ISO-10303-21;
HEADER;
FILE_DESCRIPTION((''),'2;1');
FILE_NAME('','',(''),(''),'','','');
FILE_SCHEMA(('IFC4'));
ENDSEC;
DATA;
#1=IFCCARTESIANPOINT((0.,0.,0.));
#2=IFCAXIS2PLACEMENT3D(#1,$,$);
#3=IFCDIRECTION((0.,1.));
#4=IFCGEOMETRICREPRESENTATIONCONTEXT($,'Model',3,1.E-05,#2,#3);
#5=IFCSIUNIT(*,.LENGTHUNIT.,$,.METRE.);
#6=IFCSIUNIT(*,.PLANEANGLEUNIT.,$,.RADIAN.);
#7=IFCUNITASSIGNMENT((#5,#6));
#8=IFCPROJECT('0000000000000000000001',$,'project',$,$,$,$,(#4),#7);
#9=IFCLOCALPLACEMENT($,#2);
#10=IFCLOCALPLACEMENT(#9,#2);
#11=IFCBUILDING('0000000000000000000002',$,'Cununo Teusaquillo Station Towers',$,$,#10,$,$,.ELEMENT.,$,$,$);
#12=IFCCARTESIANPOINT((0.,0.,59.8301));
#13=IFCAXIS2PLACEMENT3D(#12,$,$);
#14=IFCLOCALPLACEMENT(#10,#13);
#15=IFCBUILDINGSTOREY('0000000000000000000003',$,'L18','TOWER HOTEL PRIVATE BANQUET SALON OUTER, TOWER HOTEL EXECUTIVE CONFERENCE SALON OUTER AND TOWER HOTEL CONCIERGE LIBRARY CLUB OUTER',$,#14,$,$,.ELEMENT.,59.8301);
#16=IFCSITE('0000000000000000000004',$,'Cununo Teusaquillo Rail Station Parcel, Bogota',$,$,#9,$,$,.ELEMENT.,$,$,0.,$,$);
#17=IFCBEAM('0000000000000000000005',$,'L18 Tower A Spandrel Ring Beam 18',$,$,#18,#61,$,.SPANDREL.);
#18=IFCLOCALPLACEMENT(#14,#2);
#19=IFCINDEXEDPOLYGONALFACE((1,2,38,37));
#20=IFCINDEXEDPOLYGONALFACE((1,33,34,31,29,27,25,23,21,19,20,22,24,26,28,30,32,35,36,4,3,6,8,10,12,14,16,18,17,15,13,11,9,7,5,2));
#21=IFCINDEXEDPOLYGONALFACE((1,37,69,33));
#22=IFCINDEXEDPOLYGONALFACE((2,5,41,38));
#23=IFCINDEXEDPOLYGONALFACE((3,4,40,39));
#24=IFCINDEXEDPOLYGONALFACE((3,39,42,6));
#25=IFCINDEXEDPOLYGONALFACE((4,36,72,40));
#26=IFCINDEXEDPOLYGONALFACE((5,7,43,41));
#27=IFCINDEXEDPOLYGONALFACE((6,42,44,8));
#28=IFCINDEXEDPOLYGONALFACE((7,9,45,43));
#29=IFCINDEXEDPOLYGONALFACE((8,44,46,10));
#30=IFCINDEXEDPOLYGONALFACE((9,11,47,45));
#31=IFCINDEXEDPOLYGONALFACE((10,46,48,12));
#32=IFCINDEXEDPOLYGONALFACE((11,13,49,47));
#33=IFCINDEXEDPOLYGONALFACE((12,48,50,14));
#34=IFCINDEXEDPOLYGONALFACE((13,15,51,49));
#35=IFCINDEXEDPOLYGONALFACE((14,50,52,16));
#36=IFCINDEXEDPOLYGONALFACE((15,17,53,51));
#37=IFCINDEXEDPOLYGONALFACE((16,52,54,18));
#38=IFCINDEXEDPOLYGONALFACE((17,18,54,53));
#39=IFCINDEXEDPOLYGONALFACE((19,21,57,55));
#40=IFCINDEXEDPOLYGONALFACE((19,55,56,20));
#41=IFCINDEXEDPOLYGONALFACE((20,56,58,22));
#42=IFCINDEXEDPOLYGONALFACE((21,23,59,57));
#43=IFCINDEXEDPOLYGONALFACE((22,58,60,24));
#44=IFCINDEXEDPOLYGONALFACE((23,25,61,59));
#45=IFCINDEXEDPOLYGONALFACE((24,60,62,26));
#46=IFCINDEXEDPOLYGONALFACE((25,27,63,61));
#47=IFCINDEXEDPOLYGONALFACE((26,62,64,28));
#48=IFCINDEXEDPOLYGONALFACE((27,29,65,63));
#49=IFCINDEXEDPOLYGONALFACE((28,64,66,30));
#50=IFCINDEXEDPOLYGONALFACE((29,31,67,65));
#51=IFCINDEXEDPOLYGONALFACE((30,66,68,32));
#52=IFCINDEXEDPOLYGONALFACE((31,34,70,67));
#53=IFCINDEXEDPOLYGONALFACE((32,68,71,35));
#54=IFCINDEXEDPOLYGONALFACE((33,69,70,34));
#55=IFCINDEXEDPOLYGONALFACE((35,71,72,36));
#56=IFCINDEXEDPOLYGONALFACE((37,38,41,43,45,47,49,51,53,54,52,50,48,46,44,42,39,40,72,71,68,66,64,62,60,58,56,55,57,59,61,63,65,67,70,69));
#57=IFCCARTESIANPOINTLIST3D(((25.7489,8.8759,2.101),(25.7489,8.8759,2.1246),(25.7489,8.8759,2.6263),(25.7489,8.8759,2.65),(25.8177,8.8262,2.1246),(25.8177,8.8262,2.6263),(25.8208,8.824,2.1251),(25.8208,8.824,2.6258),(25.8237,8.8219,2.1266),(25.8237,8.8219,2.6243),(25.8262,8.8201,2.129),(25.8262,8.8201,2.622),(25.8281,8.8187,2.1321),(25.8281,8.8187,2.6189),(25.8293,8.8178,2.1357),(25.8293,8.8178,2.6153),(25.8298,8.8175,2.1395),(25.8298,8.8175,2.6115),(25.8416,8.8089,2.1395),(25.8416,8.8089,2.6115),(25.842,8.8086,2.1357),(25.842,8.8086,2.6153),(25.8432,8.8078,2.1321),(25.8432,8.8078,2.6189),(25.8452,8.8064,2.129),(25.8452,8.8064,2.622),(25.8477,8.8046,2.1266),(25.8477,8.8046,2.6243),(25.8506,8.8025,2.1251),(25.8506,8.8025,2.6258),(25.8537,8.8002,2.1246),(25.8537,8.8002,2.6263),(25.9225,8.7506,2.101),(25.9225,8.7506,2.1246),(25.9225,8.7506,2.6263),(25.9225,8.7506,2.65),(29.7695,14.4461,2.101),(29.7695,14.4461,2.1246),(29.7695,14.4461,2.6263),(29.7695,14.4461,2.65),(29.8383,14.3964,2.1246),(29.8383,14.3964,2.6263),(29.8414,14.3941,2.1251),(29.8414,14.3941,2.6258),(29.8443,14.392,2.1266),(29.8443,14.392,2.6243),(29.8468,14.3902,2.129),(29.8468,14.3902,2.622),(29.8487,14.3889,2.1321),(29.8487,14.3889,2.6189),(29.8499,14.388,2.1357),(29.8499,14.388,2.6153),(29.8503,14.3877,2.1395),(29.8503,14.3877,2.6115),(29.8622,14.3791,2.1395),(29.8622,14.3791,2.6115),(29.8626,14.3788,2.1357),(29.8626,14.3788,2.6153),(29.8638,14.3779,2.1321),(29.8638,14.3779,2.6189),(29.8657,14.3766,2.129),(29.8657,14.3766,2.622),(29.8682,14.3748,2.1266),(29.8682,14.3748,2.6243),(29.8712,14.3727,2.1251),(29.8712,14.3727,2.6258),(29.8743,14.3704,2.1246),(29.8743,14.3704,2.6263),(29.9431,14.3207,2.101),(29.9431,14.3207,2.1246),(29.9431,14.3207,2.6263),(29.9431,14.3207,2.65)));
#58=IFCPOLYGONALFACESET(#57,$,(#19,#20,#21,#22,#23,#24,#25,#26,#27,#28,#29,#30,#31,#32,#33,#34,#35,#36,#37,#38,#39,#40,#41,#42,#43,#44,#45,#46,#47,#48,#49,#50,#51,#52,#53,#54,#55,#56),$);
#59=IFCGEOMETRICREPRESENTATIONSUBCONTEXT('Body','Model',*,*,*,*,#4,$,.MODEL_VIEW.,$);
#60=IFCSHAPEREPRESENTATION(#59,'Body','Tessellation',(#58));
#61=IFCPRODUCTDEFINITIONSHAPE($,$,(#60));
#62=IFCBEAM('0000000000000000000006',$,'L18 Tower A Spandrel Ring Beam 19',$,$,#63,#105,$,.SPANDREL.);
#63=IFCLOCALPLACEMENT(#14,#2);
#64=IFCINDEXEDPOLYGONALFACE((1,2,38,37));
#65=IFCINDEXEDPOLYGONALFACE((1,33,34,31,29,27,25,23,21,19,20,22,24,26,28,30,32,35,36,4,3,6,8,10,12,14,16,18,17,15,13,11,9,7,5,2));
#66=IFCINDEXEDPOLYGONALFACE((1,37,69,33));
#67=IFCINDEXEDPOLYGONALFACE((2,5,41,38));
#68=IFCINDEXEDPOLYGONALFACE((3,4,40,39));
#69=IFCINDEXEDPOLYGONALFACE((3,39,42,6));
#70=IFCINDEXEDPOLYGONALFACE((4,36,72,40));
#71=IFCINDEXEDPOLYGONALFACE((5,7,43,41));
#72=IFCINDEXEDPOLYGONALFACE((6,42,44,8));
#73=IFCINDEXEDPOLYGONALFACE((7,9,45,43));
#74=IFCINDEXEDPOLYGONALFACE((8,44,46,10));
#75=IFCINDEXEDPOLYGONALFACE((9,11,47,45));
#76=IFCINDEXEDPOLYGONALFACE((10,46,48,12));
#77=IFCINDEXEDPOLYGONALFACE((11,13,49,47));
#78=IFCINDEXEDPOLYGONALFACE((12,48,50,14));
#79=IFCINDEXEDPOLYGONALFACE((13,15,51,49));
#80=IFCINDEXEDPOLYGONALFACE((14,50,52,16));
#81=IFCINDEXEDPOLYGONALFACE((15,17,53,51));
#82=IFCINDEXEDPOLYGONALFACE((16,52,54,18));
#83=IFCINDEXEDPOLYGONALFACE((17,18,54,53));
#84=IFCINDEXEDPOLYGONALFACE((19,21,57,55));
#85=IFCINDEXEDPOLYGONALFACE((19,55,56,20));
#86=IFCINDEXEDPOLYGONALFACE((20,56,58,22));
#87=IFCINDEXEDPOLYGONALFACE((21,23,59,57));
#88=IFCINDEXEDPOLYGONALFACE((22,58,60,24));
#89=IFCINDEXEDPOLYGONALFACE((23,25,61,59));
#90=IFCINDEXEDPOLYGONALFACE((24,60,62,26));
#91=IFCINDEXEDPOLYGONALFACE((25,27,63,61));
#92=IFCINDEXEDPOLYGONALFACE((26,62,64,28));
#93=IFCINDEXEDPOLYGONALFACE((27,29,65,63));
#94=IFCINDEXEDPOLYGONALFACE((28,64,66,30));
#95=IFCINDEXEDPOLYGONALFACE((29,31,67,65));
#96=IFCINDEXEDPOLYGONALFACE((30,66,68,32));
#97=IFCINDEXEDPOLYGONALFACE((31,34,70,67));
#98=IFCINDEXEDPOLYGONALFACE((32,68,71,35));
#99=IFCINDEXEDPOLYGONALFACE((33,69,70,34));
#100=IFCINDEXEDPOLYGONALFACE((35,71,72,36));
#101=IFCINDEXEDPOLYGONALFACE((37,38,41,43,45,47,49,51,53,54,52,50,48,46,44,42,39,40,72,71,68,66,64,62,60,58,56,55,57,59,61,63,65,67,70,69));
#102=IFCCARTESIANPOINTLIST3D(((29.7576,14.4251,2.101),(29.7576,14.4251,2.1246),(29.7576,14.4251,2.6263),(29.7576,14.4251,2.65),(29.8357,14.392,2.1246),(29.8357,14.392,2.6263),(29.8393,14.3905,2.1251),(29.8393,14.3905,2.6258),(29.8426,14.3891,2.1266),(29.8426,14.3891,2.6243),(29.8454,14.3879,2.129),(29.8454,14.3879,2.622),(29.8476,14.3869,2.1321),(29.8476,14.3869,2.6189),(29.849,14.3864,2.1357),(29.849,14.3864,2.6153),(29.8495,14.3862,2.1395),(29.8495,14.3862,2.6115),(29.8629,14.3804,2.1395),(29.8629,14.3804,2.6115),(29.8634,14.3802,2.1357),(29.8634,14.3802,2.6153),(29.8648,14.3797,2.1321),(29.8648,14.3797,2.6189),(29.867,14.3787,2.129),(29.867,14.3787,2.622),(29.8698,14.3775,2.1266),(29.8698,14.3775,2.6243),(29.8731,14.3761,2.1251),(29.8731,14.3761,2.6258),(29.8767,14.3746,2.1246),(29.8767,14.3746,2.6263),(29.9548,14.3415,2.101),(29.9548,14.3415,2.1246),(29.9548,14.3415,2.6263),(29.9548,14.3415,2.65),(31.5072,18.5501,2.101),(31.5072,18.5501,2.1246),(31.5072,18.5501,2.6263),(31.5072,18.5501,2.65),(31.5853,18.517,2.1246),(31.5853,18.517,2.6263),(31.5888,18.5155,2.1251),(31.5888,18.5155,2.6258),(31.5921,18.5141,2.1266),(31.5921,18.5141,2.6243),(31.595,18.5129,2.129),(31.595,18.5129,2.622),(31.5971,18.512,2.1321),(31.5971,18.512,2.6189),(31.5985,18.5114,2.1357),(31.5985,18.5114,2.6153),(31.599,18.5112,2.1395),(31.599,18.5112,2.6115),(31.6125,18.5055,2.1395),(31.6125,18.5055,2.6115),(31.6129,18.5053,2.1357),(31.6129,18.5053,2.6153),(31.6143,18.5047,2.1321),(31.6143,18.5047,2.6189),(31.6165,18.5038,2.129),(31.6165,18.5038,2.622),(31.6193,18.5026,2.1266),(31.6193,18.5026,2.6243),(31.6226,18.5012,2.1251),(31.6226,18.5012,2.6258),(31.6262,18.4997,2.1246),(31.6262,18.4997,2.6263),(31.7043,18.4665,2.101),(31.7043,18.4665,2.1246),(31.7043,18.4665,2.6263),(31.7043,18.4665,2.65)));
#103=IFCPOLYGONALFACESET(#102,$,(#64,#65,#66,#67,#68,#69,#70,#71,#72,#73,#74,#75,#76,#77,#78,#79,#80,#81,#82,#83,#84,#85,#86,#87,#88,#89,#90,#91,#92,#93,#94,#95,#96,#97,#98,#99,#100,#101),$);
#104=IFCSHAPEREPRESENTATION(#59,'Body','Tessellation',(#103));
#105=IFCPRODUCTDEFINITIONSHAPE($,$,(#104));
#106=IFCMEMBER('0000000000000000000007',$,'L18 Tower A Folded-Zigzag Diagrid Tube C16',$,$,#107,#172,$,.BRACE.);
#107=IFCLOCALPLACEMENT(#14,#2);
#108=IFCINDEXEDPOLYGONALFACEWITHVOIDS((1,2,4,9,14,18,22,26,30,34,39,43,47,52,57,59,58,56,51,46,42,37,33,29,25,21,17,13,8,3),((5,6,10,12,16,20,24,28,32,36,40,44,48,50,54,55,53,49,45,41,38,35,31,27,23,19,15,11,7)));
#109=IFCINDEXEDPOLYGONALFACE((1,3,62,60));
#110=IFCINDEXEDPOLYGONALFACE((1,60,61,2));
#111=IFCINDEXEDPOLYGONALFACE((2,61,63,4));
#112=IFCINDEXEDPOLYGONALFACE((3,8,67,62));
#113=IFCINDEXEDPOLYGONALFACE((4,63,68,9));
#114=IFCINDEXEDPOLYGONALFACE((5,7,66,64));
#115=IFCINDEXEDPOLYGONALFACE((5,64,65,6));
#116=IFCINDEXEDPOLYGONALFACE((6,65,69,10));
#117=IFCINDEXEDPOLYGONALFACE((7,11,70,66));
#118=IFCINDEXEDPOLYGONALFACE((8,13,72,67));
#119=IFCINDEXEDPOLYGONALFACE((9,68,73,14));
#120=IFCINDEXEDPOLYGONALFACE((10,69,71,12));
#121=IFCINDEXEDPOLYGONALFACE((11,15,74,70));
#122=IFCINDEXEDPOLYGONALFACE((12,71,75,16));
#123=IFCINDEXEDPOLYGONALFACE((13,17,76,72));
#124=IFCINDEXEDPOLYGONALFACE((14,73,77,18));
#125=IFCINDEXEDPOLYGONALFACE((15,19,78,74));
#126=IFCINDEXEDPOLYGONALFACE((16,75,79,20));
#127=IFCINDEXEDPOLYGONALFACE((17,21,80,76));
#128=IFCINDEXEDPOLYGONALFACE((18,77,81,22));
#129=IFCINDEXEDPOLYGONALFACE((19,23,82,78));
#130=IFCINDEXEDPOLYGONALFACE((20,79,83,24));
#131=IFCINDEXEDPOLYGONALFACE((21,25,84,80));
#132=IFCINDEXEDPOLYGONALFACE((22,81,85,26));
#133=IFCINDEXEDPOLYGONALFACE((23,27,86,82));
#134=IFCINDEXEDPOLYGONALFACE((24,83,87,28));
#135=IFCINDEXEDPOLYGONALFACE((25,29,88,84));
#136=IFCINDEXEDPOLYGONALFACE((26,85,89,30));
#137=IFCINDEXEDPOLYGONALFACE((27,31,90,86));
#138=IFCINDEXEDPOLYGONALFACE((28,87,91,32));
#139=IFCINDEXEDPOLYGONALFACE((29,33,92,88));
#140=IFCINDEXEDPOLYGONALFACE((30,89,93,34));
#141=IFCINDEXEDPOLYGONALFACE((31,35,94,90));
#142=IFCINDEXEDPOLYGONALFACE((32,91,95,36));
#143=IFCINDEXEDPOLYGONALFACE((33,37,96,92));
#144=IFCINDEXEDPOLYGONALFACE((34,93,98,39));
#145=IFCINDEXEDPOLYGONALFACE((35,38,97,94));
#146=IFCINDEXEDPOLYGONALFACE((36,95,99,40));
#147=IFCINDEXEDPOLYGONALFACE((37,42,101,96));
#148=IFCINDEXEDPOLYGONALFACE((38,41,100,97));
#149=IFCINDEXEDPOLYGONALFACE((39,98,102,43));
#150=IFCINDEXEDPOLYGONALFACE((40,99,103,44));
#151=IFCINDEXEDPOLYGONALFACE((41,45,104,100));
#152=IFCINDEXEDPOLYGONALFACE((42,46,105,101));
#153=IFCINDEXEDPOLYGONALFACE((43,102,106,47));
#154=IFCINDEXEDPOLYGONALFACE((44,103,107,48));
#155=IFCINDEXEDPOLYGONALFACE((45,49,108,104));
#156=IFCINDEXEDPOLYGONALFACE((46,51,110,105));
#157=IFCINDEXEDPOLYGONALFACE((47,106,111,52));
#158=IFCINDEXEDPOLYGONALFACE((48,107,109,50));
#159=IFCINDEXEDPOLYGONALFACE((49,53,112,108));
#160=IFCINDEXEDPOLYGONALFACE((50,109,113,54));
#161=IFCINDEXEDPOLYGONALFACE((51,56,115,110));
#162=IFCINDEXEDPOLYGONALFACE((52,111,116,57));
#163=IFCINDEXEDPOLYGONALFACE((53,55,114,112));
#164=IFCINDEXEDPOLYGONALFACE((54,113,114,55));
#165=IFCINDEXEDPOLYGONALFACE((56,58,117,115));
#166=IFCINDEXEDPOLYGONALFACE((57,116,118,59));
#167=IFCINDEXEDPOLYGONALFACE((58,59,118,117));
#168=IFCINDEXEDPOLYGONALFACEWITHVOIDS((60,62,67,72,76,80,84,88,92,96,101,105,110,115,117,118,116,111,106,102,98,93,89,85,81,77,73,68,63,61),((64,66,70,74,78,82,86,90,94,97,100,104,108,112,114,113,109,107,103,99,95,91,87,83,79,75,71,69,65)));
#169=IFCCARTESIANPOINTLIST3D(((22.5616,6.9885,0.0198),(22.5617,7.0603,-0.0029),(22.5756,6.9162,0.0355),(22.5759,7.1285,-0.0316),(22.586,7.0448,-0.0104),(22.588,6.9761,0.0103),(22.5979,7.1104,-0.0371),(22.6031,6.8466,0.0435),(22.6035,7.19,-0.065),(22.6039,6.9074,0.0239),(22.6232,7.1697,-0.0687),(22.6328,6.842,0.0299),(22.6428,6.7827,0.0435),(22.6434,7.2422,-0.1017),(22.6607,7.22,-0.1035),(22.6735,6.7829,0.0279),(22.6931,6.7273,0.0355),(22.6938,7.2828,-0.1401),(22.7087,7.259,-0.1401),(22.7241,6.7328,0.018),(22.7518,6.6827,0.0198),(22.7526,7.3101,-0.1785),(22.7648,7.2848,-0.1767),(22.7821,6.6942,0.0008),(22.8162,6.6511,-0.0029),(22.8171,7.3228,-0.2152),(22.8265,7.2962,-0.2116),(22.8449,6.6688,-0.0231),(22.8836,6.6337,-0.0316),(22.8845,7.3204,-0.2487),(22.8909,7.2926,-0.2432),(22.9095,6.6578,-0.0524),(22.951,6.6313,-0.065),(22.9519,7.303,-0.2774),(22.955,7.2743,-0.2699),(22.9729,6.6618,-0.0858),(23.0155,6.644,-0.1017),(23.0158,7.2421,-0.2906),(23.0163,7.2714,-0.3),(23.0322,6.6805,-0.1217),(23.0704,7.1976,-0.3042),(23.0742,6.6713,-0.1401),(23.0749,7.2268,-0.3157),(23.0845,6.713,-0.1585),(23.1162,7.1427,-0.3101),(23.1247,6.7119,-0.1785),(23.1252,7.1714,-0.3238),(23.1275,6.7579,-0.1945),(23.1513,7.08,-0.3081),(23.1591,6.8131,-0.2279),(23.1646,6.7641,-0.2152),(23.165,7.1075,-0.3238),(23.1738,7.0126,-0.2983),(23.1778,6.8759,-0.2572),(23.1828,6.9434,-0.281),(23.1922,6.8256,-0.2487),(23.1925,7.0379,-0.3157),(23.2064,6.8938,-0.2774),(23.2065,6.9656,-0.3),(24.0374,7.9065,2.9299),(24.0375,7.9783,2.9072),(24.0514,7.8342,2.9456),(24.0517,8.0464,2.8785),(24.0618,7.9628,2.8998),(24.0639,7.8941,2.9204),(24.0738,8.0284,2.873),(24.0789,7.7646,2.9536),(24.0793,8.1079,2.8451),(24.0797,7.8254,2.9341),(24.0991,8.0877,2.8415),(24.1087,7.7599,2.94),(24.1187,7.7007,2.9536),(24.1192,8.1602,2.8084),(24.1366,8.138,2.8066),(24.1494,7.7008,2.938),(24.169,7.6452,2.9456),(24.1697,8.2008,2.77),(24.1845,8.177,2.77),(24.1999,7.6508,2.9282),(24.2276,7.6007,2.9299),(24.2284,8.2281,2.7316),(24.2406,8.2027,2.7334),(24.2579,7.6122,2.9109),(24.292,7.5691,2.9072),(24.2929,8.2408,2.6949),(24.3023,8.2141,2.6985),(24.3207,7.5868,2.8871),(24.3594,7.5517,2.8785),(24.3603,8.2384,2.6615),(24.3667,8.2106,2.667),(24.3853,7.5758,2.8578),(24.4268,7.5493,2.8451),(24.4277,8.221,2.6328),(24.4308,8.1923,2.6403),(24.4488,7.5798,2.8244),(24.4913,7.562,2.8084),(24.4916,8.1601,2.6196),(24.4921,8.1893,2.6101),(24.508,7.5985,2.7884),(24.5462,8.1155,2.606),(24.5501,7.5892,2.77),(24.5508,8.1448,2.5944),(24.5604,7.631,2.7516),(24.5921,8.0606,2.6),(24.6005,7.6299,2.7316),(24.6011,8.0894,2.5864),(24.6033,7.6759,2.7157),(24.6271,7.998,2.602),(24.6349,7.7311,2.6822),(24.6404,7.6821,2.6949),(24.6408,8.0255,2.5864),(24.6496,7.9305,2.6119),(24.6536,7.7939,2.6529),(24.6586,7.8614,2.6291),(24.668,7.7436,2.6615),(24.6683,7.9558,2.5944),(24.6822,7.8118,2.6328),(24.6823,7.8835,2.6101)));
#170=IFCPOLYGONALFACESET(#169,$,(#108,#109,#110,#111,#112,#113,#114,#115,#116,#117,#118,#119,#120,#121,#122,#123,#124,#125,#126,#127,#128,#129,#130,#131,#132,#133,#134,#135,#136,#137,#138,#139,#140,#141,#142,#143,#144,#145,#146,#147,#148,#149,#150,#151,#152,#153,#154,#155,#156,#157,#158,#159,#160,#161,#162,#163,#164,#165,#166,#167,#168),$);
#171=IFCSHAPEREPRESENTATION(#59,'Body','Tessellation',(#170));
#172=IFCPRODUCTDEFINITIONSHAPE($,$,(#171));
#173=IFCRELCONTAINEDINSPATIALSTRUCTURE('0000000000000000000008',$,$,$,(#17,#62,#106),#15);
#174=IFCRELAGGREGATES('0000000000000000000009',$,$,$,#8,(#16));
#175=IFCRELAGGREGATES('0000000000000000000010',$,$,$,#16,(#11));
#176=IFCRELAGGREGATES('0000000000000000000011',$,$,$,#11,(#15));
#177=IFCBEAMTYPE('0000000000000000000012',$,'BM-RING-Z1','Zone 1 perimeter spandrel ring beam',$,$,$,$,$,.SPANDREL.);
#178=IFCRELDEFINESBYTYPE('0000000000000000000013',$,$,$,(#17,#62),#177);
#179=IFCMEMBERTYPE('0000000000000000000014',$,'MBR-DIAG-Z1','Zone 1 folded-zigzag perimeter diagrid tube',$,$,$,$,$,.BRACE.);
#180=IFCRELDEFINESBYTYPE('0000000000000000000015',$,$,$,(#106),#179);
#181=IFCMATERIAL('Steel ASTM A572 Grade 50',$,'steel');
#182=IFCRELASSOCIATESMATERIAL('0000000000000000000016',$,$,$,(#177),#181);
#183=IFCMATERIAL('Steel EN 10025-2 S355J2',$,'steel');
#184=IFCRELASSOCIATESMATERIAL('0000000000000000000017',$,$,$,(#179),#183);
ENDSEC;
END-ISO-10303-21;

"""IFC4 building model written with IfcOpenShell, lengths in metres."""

from ifc_helpers import new_model, si_unit, direction, frame, origin, origin_2d, place, context, subcontext, project, spatial, hollow_circle, i_section, extrude, material, material_profile, profile_set, type_object, element, save


model = new_model("IFC4")

# Units and contexts
model_context = context("Model", 3, precision=1e-05, world=origin(), true_north=direction((0.0, 1.0)))
body_context = subcontext(model_context, "Body", "Model", "MODEL_VIEW")
ifc_project = project(units=[si_unit("LENGTHUNIT", "METRE"), si_unit("PLANEANGLEUNIT", "RADIAN")], contexts=[model_context])

# Site, building, storey
site_placement = place(None, origin())
site = spatial("IfcSite", under=ifc_project, at=site_placement, Name="Cununo Teusaquillo Rail Station Parcel, Bogota", CompositionType="ELEMENT", RefElevation=0.0)
building_placement = place(site_placement, origin())
building = spatial("IfcBuilding", under=site, at=building_placement, Name="Cununo Teusaquillo Station Towers", CompositionType="ELEMENT")
storey_placement = place(building_placement, frame((0.0, 0.0, 59.8301)))
storey = spatial("IfcBuildingStorey", under=building, at=storey_placement, Name="L18", Description="TOWER HOTEL PRIVATE BANQUET SALON OUTER, TOWER HOTEL EXECUTIVE CONFERENCE SALON OUTER AND TOWER HOTEL CONCIERGE LIBRARY CLUB OUTER", CompositionType="ELEMENT", Elevation=59.8301)

# Beams
ifc_material_1 = material(Name="Steel ASTM A572 Grade 50", Category="steel")
ifc_material_profile_1 = material_profile(ifc_material_1, i_section(OverallWidth=0.2141, OverallDepth=0.5491, WebThickness=0.0146, FlangeThickness=0.0237, FilletRadius=0.0149, at=origin_2d()), Name="W21X93")
ifc_profile_set_1 = profile_set([ifc_material_profile_1], Name="Steel ASTM A572 Grade 50")
beam_type = type_object("IfcBeamType", Name="BM-RING-Z1", Description="Zone 1 perimeter spandrel ring beam", PredefinedType="SPANDREL", material=ifc_profile_set_1)
beam_1_placement = place(storey_placement, frame((25.8357, 8.8132, 2.3755), z_axis=(0.585269, 0.810839, 0.0), x_axis=(-0.810839, 0.585269, 0.0)))
element("IfcBeam", 1, at=beam_1_placement, inside=storey, type_object=beam_type, Name="L18 Tower A Spandrel Ring Beam 18", PredefinedType="SPANDREL", context=body_context, shape_type="SweptSolid", body=[
    extrude(i_section(OverallWidth=0.2141, OverallDepth=0.5491, WebThickness=0.0146, FlangeThickness=0.0237, FilletRadius=0.0149, at=origin_2d()), origin(), (0.0, 0.0, 1.0), 6.8696),
])
beam_2_placement = place(storey_placement, frame((29.8562, 14.3833, 2.3755), z_axis=(0.390457, 0.920621, 0.0), x_axis=(-0.920621, 0.390457, 0.0)))
element("IfcBeam", 2, at=beam_2_placement, inside=storey, type_object=beam_type, Name="L18 Tower A Spandrel Ring Beam 19", PredefinedType="SPANDREL", context=body_context, shape_type="SweptSolid", body=[
    extrude(i_section(OverallWidth=0.2141, OverallDepth=0.5491, WebThickness=0.0146, FlangeThickness=0.0237, FilletRadius=0.0149, at=origin_2d()), origin(), (0.0, 0.0, 1.0), 4.4807),
])

# Member
ifc_material_2 = material(Name="Steel EN 10025-2 S355J2", Category="steel")
ifc_material_profile_2 = material_profile(ifc_material_2, hollow_circle(Radius=0.3601, WallThickness=0.0281, at=origin_2d()), Name="CHS 720x28")
ifc_profile_set_2 = profile_set([ifc_material_profile_2], Name="Steel EN 10025-2 S355J2")
member_type = type_object("IfcMemberType", Name="MBR-DIAG-Z1", Description="Zone 1 folded-zigzag perimeter diagrid tube", PredefinedType="BRACE", material=ifc_profile_set_2)
member_1_placement = place(storey_placement, frame((22.884, 6.9771, -0.1401), z_axis=(0.435393, 0.270815, 0.858541), x_axis=(-0.528167, 0.849141, 0.0)))
element("IfcMember", 3, at=member_1_placement, inside=storey, type_object=member_type, Name="L18 Tower A Folded-Zigzag Diagrid Tube C16", PredefinedType="BRACE", context=body_context, shape_type="SweptSolid", body=[
    extrude(hollow_circle(Radius=0.3601, WallThickness=0.0281, at=origin_2d()), origin(), (0.0, 0.0, 1.0), 3.3896),
])

save(model, "model.ifc")
